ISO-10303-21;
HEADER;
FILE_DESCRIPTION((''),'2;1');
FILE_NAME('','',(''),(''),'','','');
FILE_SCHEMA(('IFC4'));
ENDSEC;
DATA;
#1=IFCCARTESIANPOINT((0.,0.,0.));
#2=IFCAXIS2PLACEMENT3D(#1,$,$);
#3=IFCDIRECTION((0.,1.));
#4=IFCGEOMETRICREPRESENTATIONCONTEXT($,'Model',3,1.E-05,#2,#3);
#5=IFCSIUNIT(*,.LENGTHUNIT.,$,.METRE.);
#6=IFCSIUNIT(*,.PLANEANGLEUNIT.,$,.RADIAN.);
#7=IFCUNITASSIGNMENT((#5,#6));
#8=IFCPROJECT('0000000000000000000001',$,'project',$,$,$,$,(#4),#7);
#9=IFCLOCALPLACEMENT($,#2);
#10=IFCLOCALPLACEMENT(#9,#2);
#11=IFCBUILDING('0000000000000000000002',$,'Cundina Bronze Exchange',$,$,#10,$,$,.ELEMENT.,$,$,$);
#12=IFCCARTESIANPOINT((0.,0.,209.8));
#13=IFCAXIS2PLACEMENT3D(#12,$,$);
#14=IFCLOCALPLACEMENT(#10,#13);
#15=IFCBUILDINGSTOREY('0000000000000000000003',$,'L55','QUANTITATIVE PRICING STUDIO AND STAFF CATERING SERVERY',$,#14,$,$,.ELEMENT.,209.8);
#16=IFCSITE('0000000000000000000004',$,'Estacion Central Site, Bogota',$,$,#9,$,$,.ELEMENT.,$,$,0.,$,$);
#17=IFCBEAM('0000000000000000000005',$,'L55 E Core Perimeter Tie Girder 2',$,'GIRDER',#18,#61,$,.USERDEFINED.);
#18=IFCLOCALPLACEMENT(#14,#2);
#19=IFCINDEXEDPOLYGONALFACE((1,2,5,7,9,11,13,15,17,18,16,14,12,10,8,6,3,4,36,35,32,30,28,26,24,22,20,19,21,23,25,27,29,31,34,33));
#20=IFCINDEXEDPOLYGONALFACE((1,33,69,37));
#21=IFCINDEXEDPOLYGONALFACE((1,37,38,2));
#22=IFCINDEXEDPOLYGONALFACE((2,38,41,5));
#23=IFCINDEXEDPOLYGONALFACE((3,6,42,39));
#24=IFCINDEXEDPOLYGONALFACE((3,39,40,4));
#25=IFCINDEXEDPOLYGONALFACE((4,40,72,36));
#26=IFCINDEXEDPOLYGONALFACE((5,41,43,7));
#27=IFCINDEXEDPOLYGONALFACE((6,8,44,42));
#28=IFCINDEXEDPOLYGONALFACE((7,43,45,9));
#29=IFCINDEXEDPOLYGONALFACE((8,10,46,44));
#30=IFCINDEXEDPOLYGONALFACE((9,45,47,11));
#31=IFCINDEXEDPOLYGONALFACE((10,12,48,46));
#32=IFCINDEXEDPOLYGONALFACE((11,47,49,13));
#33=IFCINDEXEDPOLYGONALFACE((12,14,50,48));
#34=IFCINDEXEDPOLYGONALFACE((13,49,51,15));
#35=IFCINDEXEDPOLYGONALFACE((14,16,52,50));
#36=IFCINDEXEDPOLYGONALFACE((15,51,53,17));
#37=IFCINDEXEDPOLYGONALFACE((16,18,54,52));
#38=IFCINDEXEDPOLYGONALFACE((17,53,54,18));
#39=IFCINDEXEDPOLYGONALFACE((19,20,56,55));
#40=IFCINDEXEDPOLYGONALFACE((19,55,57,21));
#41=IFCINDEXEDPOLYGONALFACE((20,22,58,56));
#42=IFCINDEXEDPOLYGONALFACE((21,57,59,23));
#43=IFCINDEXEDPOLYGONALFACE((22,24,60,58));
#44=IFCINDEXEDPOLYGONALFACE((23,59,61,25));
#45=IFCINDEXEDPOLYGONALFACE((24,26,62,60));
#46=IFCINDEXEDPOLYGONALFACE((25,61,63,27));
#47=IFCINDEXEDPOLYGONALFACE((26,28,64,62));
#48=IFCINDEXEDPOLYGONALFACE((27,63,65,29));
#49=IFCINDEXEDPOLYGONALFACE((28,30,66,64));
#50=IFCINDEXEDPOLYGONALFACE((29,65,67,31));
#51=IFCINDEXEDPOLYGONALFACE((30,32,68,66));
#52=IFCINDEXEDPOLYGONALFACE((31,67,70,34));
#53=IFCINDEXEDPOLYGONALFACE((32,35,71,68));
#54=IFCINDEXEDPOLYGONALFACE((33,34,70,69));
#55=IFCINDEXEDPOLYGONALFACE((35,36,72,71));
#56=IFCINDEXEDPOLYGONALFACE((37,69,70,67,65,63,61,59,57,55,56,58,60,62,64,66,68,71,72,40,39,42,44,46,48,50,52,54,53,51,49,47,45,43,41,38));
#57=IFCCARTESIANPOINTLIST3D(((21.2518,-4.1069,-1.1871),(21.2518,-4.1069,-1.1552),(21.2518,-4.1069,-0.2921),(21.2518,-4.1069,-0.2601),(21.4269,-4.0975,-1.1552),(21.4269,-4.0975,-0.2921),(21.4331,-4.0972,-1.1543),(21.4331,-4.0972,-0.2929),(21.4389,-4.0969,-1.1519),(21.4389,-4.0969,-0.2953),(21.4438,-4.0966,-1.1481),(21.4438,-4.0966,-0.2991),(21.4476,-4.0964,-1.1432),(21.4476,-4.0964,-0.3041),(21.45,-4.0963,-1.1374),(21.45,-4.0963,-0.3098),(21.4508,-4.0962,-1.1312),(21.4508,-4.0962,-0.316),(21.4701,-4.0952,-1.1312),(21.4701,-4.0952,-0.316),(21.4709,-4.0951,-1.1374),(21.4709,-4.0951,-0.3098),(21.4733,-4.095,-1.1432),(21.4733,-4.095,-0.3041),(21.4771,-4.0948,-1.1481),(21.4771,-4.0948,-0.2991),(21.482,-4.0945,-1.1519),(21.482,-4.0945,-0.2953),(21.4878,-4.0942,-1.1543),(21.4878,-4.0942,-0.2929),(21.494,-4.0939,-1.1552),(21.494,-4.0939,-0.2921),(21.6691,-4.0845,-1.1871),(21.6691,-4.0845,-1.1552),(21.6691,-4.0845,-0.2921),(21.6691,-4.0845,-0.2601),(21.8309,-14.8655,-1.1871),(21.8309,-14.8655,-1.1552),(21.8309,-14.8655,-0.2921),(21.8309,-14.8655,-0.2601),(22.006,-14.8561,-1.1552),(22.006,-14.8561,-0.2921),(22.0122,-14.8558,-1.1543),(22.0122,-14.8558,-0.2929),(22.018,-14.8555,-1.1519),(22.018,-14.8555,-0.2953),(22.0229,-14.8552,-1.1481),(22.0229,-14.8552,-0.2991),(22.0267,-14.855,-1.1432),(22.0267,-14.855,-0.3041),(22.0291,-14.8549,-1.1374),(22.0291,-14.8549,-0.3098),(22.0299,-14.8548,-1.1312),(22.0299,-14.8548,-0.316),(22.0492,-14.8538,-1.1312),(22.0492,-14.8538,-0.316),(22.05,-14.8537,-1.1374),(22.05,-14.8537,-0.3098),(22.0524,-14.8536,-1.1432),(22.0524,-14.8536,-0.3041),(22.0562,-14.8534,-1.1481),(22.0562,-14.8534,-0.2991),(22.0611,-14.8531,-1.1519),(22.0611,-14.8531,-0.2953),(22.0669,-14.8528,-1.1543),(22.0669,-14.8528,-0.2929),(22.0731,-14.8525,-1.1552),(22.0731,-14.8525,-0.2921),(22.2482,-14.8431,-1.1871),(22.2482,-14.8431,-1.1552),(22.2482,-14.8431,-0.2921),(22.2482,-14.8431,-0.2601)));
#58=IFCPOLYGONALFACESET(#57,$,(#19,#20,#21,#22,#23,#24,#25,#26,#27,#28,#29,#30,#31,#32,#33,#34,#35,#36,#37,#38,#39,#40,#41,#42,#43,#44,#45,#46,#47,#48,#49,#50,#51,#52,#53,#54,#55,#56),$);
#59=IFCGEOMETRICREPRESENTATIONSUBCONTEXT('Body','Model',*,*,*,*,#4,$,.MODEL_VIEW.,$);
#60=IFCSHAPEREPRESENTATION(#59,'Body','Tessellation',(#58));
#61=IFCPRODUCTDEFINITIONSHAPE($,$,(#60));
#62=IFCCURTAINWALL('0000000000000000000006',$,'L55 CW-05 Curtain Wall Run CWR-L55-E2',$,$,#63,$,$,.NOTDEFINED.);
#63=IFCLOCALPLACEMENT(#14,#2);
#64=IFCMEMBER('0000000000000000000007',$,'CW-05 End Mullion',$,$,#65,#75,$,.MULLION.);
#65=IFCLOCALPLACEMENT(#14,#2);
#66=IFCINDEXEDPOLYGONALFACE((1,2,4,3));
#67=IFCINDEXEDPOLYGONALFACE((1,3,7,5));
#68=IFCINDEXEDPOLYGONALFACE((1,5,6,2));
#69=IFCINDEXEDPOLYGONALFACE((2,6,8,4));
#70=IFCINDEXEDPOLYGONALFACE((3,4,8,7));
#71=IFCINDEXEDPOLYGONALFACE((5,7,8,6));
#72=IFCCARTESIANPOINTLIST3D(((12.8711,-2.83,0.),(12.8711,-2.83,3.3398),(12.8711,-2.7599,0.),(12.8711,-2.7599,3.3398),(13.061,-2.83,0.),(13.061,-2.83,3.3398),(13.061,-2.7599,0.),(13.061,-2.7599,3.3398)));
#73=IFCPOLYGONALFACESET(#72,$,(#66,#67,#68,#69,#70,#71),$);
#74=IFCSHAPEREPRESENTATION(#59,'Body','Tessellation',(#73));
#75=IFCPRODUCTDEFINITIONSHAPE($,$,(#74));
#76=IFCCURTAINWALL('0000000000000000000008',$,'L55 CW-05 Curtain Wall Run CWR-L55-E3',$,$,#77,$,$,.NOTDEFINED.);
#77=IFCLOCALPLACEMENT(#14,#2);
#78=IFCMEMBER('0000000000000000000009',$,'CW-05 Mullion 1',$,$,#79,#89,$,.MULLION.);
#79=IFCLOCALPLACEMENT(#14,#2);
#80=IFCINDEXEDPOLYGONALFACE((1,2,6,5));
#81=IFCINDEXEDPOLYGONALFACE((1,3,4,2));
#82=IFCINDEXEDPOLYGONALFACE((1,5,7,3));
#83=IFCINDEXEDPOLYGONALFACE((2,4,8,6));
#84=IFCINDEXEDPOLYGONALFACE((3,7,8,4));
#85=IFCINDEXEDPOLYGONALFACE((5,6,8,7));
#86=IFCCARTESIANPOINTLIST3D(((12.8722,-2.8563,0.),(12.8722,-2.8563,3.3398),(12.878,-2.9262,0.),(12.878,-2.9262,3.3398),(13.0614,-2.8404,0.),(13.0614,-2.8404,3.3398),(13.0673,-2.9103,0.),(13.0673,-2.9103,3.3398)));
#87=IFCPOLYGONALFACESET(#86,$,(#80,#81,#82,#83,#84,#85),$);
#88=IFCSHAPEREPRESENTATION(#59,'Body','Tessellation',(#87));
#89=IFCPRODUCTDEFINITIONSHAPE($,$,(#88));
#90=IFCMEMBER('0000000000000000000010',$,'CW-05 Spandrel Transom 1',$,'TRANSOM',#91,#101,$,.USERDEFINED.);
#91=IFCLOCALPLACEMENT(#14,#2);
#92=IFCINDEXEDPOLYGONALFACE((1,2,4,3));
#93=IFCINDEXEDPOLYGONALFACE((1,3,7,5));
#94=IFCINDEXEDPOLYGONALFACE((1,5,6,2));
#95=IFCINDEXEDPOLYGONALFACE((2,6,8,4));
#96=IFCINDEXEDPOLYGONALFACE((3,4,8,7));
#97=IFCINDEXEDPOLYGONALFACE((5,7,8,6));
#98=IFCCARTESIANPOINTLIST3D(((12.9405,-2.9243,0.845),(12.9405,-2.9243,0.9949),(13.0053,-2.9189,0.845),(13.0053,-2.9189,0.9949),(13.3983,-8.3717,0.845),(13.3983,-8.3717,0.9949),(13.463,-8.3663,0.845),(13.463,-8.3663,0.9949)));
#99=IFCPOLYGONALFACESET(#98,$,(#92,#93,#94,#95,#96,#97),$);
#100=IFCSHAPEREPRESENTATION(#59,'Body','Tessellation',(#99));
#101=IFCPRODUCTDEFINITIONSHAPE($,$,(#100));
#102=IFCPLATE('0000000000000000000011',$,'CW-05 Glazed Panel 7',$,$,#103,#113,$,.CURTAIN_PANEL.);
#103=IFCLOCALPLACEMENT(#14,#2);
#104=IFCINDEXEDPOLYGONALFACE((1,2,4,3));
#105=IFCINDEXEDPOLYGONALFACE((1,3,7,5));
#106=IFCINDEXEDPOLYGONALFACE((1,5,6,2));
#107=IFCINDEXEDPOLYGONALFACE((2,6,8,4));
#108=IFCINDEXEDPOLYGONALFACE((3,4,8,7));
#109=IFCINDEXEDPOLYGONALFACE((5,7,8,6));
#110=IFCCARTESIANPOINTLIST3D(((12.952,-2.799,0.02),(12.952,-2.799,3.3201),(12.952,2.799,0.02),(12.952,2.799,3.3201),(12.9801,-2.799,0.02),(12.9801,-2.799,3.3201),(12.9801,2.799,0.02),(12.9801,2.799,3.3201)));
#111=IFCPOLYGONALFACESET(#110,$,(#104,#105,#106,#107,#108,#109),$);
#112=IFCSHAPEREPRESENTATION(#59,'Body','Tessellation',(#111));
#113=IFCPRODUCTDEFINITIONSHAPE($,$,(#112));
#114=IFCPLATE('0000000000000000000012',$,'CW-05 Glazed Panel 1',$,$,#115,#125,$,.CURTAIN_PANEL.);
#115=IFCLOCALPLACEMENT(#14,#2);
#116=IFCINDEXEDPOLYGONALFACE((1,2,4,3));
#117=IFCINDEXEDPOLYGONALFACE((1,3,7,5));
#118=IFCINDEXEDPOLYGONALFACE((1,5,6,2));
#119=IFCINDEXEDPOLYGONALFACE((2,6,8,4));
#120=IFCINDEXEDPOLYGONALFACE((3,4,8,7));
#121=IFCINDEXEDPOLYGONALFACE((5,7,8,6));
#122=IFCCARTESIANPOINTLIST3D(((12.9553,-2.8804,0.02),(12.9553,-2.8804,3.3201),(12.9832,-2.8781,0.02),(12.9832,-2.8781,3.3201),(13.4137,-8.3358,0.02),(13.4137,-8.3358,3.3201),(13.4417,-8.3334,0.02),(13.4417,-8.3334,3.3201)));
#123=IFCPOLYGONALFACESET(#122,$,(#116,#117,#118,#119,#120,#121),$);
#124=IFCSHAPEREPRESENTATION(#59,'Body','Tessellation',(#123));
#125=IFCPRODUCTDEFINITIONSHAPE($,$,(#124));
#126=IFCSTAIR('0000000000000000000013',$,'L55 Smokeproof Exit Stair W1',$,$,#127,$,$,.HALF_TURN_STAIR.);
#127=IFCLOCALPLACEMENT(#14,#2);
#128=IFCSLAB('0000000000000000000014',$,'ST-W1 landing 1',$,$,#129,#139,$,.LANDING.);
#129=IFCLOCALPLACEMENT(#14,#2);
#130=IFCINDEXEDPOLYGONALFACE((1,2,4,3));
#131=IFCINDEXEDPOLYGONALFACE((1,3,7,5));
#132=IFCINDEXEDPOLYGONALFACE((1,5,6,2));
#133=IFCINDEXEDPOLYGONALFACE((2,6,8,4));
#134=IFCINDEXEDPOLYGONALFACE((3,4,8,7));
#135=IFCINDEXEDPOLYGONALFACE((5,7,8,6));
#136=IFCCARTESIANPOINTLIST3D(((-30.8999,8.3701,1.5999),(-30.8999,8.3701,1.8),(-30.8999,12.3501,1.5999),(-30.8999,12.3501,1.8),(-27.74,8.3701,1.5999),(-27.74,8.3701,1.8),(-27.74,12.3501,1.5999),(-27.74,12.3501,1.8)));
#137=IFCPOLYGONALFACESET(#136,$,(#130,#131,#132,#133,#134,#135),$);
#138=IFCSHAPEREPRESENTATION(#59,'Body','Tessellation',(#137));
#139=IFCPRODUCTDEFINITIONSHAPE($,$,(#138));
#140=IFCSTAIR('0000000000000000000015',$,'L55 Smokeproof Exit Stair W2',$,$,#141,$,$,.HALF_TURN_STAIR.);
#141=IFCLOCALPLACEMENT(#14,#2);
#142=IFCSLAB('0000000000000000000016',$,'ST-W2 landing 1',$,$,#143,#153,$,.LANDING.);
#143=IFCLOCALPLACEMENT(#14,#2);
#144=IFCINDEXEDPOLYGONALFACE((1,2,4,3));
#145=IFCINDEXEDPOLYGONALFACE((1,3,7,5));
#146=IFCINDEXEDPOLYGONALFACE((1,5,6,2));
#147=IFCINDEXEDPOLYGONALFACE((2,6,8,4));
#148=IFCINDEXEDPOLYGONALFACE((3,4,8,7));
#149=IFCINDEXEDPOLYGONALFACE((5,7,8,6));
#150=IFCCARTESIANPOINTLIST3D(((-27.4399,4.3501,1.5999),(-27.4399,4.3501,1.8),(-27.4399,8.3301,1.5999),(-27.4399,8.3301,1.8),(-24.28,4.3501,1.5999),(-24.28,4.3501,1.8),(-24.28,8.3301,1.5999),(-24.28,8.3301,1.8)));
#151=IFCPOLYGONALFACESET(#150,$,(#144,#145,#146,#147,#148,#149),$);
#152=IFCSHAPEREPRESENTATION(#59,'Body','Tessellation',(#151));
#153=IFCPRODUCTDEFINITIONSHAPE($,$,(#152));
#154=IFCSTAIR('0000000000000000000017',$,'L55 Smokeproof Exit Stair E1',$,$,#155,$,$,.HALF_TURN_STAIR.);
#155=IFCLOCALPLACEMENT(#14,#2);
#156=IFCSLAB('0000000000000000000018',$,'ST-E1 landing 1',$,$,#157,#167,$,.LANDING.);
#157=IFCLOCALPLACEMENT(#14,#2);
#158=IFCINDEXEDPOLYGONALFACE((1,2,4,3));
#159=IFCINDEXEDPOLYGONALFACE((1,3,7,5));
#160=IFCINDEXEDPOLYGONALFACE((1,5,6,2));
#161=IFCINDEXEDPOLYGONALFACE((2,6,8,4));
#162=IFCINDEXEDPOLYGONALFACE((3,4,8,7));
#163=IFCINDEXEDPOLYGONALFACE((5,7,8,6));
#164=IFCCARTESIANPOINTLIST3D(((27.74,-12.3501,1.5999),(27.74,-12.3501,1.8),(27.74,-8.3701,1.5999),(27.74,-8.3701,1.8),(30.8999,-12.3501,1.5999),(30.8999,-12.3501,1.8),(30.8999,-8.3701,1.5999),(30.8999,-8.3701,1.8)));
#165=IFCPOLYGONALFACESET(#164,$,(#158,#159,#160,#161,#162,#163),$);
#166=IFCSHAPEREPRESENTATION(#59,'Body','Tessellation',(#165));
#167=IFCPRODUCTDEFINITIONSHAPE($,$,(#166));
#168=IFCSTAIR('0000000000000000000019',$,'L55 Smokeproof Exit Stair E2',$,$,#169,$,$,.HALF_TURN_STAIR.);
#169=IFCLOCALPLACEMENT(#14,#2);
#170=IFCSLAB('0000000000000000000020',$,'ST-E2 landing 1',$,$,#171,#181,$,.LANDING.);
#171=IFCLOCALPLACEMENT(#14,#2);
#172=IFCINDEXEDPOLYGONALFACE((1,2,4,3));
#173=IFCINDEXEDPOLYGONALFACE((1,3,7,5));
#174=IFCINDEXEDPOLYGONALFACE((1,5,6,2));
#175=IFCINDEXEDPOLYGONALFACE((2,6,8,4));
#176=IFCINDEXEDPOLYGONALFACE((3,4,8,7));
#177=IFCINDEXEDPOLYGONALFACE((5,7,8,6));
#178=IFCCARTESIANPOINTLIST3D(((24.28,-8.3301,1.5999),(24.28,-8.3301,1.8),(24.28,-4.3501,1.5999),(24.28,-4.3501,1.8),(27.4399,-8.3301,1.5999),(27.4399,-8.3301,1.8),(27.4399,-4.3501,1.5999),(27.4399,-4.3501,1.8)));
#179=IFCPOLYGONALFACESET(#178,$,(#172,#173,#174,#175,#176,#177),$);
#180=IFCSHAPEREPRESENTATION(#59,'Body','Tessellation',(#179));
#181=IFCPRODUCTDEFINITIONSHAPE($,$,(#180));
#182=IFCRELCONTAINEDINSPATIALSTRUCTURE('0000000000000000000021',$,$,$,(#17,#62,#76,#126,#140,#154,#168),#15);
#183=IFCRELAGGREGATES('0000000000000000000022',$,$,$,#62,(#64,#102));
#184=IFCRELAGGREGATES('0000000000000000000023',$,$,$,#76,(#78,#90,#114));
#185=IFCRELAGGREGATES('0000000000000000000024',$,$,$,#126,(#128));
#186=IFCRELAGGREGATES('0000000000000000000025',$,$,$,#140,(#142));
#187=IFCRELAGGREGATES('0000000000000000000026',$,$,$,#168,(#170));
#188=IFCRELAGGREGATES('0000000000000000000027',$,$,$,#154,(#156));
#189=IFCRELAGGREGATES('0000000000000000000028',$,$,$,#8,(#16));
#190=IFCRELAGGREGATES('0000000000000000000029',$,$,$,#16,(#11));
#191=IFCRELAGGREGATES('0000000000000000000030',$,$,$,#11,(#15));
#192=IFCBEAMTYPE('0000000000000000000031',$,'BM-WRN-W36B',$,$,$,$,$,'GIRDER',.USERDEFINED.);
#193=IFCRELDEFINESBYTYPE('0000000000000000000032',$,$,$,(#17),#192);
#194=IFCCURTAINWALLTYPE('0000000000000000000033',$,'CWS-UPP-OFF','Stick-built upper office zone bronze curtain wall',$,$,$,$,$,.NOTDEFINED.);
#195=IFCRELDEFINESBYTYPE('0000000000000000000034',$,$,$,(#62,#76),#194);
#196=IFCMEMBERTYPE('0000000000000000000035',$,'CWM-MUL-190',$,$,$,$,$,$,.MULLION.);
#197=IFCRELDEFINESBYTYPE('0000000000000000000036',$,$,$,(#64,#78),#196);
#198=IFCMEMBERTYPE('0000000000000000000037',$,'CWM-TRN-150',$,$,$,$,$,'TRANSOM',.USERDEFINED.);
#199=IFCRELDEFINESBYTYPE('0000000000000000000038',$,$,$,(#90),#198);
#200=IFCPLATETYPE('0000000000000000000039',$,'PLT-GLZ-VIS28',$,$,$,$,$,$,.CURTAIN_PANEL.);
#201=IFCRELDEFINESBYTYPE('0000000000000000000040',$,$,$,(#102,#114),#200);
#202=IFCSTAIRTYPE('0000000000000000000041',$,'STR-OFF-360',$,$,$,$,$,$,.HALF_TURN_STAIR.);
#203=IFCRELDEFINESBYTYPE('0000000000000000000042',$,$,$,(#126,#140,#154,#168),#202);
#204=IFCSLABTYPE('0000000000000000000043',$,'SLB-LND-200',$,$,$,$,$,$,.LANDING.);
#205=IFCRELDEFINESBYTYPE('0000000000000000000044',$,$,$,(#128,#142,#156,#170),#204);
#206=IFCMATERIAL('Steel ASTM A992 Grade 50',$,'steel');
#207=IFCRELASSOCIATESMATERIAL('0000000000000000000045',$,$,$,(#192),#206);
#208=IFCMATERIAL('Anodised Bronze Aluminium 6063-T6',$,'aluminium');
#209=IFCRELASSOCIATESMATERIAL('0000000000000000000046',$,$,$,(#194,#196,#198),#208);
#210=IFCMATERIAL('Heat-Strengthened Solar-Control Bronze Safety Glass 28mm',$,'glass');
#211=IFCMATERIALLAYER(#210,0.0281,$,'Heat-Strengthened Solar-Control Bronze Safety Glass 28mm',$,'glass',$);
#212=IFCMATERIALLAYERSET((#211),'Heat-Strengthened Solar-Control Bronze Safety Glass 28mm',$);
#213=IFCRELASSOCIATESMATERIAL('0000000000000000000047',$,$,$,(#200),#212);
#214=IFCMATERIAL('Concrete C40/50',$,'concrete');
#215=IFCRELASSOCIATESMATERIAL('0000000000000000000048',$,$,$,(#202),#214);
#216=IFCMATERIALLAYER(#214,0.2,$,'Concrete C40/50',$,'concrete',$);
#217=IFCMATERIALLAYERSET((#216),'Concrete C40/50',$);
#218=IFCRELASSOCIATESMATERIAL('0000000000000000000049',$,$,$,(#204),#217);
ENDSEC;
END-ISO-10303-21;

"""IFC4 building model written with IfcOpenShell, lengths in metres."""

from ifc_helpers import new_model, si_unit, direction, frame, origin, origin_2d, place, context, subcontext, project, spatial, polyline, rectangle, i_section, outline, extrude, material, layer, layer_set, material_profile, profile_set, type_object, element, aggregate, save


model = new_model("IFC4")

# Units and contexts
model_context = context("Model", 3, precision=1e-05, world=origin(), true_north=direction((0.0, 1.0)))
body_context = subcontext(model_context, "Body", "Model", "MODEL_VIEW")
ifc_project = project(units=[si_unit("LENGTHUNIT", "METRE"), si_unit("PLANEANGLEUNIT", "RADIAN")], contexts=[model_context])

# Site, building, storey
site_placement = place(None, origin())
site = spatial("IfcSite", under=ifc_project, at=site_placement, Name="Estacion Central Site, Bogota", CompositionType="ELEMENT", RefElevation=0.0)
building_placement = place(site_placement, origin())
building = spatial("IfcBuilding", under=site, at=building_placement, Name="Cundina Bronze Exchange", CompositionType="ELEMENT")
storey_placement = place(building_placement, frame((0.0, 0.0, 209.8)))
storey = spatial("IfcBuildingStorey", under=building, at=storey_placement, Name="L55", Description="QUANTITATIVE PRICING STUDIO AND STAFF CATERING SERVERY", CompositionType="ELEMENT", Elevation=209.8)

# Shared definitions
ifc_material_1 = material(Name="Steel ASTM A992 Grade 50", Category="steel")

# Beam
ifc_material_profile_1 = material_profile(ifc_material_1, i_section(OverallWidth=0.418, OverallDepth=0.927, WebThickness=0.0193, FlangeThickness=0.032, FilletRadius=0.0239, at=origin_2d()), Name="W36X231", Category="steel")
ifc_profile_set_1 = profile_set([ifc_material_profile_1], Name="Steel ASTM A992 Grade 50")
beam_type_1 = type_object("IfcBeamType", Name="BM-WRN-W36B", ElementType="GIRDER", PredefinedType="USERDEFINED", material=ifc_profile_set_1)
beam_1_placement = place(storey_placement, frame((21.4604, -4.0957, -0.7236), z_axis=(0.053749, -0.998554, 0.0), x_axis=(0.998554, 0.053749, 0.0)))
element("IfcBeam", 1, at=beam_1_placement, inside=storey, type_object=beam_type_1, Name="L55 E Core Perimeter Tie Girder 2", ObjectType="GIRDER", PredefinedType="USERDEFINED", context=body_context, shape_type="SweptSolid", body=[
    extrude(i_section(OverallWidth=0.418, OverallDepth=0.927, WebThickness=0.0193, FlangeThickness=0.032, FilletRadius=0.0239, at=origin_2d()), origin(), (0.0, 0.0, 1.0), 10.7742),
])

# Curtain wall, member
ifc_material_2 = material(Name="Anodised Bronze Aluminium 6063-T6", Category="aluminium")
curtain_wall_type = type_object("IfcCurtainWallType", Name="CWS-UPP-OFF", Description="Stick-built upper office zone bronze curtain wall", PredefinedType="NOTDEFINED", material=ifc_material_2)
curtain_wall_1_placement = place(storey_placement, origin())
curtain_wall_1 = element("IfcCurtainWall", 2, at=curtain_wall_1_placement, inside=storey, type_object=curtain_wall_type, Name="L55 CW-05 Curtain Wall Run CWR-L55-E2", PredefinedType="NOTDEFINED")
ifc_material_profile_2 = material_profile(ifc_material_2, rectangle(XDim=0.0701, YDim=0.1899, at=origin_2d()), Name="AL70X190", Category="aluminium")
ifc_profile_set_2 = profile_set([ifc_material_profile_2], Name="Anodised Bronze Aluminium 6063-T6")
member_type_1 = type_object("IfcMemberType", Name="CWM-MUL-190", PredefinedType="MULLION", material=ifc_profile_set_2)
member_1_placement = place(storey_placement, frame((12.9661, -2.7949, 0.0), z_axis=(0.0, 0.0, 1.0), x_axis=(0.0, -1.0, 0.0)))
member_1 = element("IfcMember", 3, at=member_1_placement, type_object=member_type_1, Name="CW-05 End Mullion", PredefinedType="MULLION", context=body_context, shape_type="SweptSolid", body=[
    extrude(rectangle(XDim=0.0701, YDim=0.1899, at=origin_2d()), origin(), (0.0, 0.0, 1.0), 3.3398),
])

# Curtain wall, members
curtain_wall_2_placement = place(storey_placement, origin())
curtain_wall_2 = element("IfcCurtainWall", 4, at=curtain_wall_2_placement, inside=storey, type_object=curtain_wall_type, Name="L55 CW-05 Curtain Wall Run CWR-L55-E3", PredefinedType="NOTDEFINED")
member_2_placement = place(storey_placement, frame((12.9697, -2.8833, 0.0), z_axis=(0.0, 0.0, 1.0), x_axis=(0.083678, -0.996493, 0.0)))
member_2 = element("IfcMember", 5, at=member_2_placement, type_object=member_type_1, Name="CW-05 Mullion 1", PredefinedType="MULLION", context=body_context, shape_type="SweptSolid", body=[
    extrude(rectangle(XDim=0.0701, YDim=0.1899, at=origin_2d()), origin(), (0.0, 0.0, 1.0), 3.3398),
])
ifc_material_profile_3 = material_profile(ifc_material_2, rectangle(XDim=0.0649, YDim=0.1499, at=origin_2d()), Name="AL65X150", Category="aluminium")
ifc_profile_set_3 = profile_set([ifc_material_profile_3], Name="Anodised Bronze Aluminium 6063-T6")
member_type_2 = type_object("IfcMemberType", Name="CWM-TRN-150", ElementType="TRANSOM", PredefinedType="USERDEFINED", material=ifc_profile_set_3)
member_3_placement = place(storey_placement, frame((12.9729, -2.9216, 0.9199), z_axis=(0.08374, -0.996488, 0.0), x_axis=(0.996488, 0.08374, 0.0)))
member_3 = element("IfcMember", 6, at=member_3_placement, type_object=member_type_2, Name="CW-05 Spandrel Transom 1", ObjectType="TRANSOM", PredefinedType="USERDEFINED", context=body_context, shape_type="SweptSolid", body=[
    extrude(rectangle(XDim=0.0649, YDim=0.1499, at=origin_2d()), origin(), (0.0, 0.0, 1.0), 5.4666),
])

# Plates
ifc_material_3 = material(Name="Heat-Strengthened Solar-Control Bronze Safety Glass 28mm", Category="glass")
ifc_layer_1 = layer(ifc_material_3, 0.0281, Name="Heat-Strengthened Solar-Control Bronze Safety Glass 28mm", Category="glass")
ifc_layer_set_1 = layer_set([ifc_layer_1], Name="Heat-Strengthened Solar-Control Bronze Safety Glass 28mm")
plate_type = type_object("IfcPlateType", Name="PLT-GLZ-VIS28", PredefinedType="CURTAIN_PANEL", material=ifc_layer_set_1)
plate_1_placement = place(storey_placement, frame((12.9661, 0.0, 0.02), z_axis=(0.0, 0.0, 1.0), x_axis=(0.0, -1.0, 0.0)))
plate_1 = element("IfcPlate", 7, at=plate_1_placement, type_object=plate_type, Name="CW-05 Glazed Panel 7", PredefinedType="CURTAIN_PANEL", context=body_context, shape_type="SweptSolid", body=[
    extrude(rectangle(XDim=5.5979, YDim=0.0281, at=origin_2d()), origin(), (0.0, 0.0, 1.0), 3.3),
])
aggregate(curtain_wall_1, [member_1, plate_1])
plate_2_placement = place(storey_placement, frame((13.1985, -5.6069, 0.02), z_axis=(0.0, 0.0, 1.0), x_axis=(0.083747, -0.996487, 0.0)))
plate_2 = element("IfcPlate", 8, at=plate_2_placement, type_object=plate_type, Name="CW-05 Glazed Panel 1", PredefinedType="CURTAIN_PANEL", context=body_context, shape_type="SweptSolid", body=[
    extrude(rectangle(XDim=5.4746, YDim=0.0281, at=origin_2d()), origin(), (0.0, 0.0, 1.0), 3.3),
])
aggregate(curtain_wall_2, [member_2, member_3, plate_2])

# Stairs, slabs
ifc_material_4 = material(Name="Concrete C40/50", Category="concrete")
stair_type = type_object("IfcStairType", Name="STR-OFF-360", PredefinedType="HALF_TURN_STAIR", material=ifc_material_4)
stair_1_placement = place(storey_placement, origin())
stair_1 = element("IfcStair", 9, at=stair_1_placement, inside=storey, type_object=stair_type, Name="L55 Smokeproof Exit Stair W1", PredefinedType="HALF_TURN_STAIR")
ifc_layer_2 = layer(ifc_material_4, 0.2, Name="Concrete C40/50", Category="concrete")
ifc_layer_set_2 = layer_set([ifc_layer_2], Name="Concrete C40/50")
slab_type_1 = type_object("IfcSlabType", Name="SLB-LND-200", PredefinedType="LANDING", material=ifc_layer_set_2)
slab_1_placement = place(storey_placement, frame((0.0, 0.0, 1.5999)))
slab_1 = element("IfcSlab", 10, at=slab_1_placement, type_object=slab_type_1, Name="ST-W1 landing 1", PredefinedType="LANDING", context=body_context, shape_type="SweptSolid", body=[
    extrude(outline(polyline([(-27.74, 8.3701), (-27.74, 12.3501), (-30.8999, 12.3501), (-30.8999, 8.3701), (-27.74, 8.3701)])), origin(), (0.0, 0.0, 1.0), 0.2002),
])
aggregate(stair_1, [slab_1])
stair_2_placement = place(storey_placement, origin())
stair_2 = element("IfcStair", 11, at=stair_2_placement, inside=storey, type_object=stair_type, Name="L55 Smokeproof Exit Stair W2", PredefinedType="HALF_TURN_STAIR")
slab_2_placement = place(storey_placement, frame((0.0, 0.0, 1.5999)))
slab_2 = element("IfcSlab", 12, at=slab_2_placement, type_object=slab_type_1, Name="ST-W2 landing 1", PredefinedType="LANDING", context=body_context, shape_type="SweptSolid", body=[
    extrude(outline(polyline([(-27.4399, 8.3301), (-27.4399, 4.3501), (-24.28, 4.3501), (-24.28, 8.3301), (-27.4399, 8.3301)])), origin(), (0.0, 0.0, 1.0), 0.2002),
])
aggregate(stair_2, [slab_2])
stair_3_placement = place(storey_placement, origin())
stair_3 = element("IfcStair", 13, at=stair_3_placement, inside=storey, type_object=stair_type, Name="L55 Smokeproof Exit Stair E1", PredefinedType="HALF_TURN_STAIR")
slab_3_placement = place(storey_placement, frame((0.0, 0.0, 1.5999)))
slab_3 = element("IfcSlab", 14, at=slab_3_placement, type_object=slab_type_1, Name="ST-E1 landing 1", PredefinedType="LANDING", context=body_context, shape_type="SweptSolid", body=[
    extrude(outline(polyline([(27.74, -8.3701), (27.74, -12.3501), (30.8999, -12.3501), (30.8999, -8.3701), (27.74, -8.3701)])), origin(), (0.0, 0.0, 1.0), 0.2002),
])
stair_4_placement = place(storey_placement, origin())
stair_4 = element("IfcStair", 15, at=stair_4_placement, inside=storey, type_object=stair_type, Name="L55 Smokeproof Exit Stair E2", PredefinedType="HALF_TURN_STAIR")
slab_4_placement = place(storey_placement, frame((0.0, 0.0, 1.5999)))
slab_4 = element("IfcSlab", 16, at=slab_4_placement, type_object=slab_type_1, Name="ST-E2 landing 1", PredefinedType="LANDING", context=body_context, shape_type="SweptSolid", body=[
    extrude(outline(polyline([(27.4399, -8.3301), (27.4399, -4.3501), (24.28, -4.3501), (24.28, -8.3301), (27.4399, -8.3301)])), origin(), (0.0, 0.0, 1.0), 0.2002),
])
aggregate(stair_4, [slab_4])

aggregate(stair_3, [slab_3])

save(model, "model.ifc")
